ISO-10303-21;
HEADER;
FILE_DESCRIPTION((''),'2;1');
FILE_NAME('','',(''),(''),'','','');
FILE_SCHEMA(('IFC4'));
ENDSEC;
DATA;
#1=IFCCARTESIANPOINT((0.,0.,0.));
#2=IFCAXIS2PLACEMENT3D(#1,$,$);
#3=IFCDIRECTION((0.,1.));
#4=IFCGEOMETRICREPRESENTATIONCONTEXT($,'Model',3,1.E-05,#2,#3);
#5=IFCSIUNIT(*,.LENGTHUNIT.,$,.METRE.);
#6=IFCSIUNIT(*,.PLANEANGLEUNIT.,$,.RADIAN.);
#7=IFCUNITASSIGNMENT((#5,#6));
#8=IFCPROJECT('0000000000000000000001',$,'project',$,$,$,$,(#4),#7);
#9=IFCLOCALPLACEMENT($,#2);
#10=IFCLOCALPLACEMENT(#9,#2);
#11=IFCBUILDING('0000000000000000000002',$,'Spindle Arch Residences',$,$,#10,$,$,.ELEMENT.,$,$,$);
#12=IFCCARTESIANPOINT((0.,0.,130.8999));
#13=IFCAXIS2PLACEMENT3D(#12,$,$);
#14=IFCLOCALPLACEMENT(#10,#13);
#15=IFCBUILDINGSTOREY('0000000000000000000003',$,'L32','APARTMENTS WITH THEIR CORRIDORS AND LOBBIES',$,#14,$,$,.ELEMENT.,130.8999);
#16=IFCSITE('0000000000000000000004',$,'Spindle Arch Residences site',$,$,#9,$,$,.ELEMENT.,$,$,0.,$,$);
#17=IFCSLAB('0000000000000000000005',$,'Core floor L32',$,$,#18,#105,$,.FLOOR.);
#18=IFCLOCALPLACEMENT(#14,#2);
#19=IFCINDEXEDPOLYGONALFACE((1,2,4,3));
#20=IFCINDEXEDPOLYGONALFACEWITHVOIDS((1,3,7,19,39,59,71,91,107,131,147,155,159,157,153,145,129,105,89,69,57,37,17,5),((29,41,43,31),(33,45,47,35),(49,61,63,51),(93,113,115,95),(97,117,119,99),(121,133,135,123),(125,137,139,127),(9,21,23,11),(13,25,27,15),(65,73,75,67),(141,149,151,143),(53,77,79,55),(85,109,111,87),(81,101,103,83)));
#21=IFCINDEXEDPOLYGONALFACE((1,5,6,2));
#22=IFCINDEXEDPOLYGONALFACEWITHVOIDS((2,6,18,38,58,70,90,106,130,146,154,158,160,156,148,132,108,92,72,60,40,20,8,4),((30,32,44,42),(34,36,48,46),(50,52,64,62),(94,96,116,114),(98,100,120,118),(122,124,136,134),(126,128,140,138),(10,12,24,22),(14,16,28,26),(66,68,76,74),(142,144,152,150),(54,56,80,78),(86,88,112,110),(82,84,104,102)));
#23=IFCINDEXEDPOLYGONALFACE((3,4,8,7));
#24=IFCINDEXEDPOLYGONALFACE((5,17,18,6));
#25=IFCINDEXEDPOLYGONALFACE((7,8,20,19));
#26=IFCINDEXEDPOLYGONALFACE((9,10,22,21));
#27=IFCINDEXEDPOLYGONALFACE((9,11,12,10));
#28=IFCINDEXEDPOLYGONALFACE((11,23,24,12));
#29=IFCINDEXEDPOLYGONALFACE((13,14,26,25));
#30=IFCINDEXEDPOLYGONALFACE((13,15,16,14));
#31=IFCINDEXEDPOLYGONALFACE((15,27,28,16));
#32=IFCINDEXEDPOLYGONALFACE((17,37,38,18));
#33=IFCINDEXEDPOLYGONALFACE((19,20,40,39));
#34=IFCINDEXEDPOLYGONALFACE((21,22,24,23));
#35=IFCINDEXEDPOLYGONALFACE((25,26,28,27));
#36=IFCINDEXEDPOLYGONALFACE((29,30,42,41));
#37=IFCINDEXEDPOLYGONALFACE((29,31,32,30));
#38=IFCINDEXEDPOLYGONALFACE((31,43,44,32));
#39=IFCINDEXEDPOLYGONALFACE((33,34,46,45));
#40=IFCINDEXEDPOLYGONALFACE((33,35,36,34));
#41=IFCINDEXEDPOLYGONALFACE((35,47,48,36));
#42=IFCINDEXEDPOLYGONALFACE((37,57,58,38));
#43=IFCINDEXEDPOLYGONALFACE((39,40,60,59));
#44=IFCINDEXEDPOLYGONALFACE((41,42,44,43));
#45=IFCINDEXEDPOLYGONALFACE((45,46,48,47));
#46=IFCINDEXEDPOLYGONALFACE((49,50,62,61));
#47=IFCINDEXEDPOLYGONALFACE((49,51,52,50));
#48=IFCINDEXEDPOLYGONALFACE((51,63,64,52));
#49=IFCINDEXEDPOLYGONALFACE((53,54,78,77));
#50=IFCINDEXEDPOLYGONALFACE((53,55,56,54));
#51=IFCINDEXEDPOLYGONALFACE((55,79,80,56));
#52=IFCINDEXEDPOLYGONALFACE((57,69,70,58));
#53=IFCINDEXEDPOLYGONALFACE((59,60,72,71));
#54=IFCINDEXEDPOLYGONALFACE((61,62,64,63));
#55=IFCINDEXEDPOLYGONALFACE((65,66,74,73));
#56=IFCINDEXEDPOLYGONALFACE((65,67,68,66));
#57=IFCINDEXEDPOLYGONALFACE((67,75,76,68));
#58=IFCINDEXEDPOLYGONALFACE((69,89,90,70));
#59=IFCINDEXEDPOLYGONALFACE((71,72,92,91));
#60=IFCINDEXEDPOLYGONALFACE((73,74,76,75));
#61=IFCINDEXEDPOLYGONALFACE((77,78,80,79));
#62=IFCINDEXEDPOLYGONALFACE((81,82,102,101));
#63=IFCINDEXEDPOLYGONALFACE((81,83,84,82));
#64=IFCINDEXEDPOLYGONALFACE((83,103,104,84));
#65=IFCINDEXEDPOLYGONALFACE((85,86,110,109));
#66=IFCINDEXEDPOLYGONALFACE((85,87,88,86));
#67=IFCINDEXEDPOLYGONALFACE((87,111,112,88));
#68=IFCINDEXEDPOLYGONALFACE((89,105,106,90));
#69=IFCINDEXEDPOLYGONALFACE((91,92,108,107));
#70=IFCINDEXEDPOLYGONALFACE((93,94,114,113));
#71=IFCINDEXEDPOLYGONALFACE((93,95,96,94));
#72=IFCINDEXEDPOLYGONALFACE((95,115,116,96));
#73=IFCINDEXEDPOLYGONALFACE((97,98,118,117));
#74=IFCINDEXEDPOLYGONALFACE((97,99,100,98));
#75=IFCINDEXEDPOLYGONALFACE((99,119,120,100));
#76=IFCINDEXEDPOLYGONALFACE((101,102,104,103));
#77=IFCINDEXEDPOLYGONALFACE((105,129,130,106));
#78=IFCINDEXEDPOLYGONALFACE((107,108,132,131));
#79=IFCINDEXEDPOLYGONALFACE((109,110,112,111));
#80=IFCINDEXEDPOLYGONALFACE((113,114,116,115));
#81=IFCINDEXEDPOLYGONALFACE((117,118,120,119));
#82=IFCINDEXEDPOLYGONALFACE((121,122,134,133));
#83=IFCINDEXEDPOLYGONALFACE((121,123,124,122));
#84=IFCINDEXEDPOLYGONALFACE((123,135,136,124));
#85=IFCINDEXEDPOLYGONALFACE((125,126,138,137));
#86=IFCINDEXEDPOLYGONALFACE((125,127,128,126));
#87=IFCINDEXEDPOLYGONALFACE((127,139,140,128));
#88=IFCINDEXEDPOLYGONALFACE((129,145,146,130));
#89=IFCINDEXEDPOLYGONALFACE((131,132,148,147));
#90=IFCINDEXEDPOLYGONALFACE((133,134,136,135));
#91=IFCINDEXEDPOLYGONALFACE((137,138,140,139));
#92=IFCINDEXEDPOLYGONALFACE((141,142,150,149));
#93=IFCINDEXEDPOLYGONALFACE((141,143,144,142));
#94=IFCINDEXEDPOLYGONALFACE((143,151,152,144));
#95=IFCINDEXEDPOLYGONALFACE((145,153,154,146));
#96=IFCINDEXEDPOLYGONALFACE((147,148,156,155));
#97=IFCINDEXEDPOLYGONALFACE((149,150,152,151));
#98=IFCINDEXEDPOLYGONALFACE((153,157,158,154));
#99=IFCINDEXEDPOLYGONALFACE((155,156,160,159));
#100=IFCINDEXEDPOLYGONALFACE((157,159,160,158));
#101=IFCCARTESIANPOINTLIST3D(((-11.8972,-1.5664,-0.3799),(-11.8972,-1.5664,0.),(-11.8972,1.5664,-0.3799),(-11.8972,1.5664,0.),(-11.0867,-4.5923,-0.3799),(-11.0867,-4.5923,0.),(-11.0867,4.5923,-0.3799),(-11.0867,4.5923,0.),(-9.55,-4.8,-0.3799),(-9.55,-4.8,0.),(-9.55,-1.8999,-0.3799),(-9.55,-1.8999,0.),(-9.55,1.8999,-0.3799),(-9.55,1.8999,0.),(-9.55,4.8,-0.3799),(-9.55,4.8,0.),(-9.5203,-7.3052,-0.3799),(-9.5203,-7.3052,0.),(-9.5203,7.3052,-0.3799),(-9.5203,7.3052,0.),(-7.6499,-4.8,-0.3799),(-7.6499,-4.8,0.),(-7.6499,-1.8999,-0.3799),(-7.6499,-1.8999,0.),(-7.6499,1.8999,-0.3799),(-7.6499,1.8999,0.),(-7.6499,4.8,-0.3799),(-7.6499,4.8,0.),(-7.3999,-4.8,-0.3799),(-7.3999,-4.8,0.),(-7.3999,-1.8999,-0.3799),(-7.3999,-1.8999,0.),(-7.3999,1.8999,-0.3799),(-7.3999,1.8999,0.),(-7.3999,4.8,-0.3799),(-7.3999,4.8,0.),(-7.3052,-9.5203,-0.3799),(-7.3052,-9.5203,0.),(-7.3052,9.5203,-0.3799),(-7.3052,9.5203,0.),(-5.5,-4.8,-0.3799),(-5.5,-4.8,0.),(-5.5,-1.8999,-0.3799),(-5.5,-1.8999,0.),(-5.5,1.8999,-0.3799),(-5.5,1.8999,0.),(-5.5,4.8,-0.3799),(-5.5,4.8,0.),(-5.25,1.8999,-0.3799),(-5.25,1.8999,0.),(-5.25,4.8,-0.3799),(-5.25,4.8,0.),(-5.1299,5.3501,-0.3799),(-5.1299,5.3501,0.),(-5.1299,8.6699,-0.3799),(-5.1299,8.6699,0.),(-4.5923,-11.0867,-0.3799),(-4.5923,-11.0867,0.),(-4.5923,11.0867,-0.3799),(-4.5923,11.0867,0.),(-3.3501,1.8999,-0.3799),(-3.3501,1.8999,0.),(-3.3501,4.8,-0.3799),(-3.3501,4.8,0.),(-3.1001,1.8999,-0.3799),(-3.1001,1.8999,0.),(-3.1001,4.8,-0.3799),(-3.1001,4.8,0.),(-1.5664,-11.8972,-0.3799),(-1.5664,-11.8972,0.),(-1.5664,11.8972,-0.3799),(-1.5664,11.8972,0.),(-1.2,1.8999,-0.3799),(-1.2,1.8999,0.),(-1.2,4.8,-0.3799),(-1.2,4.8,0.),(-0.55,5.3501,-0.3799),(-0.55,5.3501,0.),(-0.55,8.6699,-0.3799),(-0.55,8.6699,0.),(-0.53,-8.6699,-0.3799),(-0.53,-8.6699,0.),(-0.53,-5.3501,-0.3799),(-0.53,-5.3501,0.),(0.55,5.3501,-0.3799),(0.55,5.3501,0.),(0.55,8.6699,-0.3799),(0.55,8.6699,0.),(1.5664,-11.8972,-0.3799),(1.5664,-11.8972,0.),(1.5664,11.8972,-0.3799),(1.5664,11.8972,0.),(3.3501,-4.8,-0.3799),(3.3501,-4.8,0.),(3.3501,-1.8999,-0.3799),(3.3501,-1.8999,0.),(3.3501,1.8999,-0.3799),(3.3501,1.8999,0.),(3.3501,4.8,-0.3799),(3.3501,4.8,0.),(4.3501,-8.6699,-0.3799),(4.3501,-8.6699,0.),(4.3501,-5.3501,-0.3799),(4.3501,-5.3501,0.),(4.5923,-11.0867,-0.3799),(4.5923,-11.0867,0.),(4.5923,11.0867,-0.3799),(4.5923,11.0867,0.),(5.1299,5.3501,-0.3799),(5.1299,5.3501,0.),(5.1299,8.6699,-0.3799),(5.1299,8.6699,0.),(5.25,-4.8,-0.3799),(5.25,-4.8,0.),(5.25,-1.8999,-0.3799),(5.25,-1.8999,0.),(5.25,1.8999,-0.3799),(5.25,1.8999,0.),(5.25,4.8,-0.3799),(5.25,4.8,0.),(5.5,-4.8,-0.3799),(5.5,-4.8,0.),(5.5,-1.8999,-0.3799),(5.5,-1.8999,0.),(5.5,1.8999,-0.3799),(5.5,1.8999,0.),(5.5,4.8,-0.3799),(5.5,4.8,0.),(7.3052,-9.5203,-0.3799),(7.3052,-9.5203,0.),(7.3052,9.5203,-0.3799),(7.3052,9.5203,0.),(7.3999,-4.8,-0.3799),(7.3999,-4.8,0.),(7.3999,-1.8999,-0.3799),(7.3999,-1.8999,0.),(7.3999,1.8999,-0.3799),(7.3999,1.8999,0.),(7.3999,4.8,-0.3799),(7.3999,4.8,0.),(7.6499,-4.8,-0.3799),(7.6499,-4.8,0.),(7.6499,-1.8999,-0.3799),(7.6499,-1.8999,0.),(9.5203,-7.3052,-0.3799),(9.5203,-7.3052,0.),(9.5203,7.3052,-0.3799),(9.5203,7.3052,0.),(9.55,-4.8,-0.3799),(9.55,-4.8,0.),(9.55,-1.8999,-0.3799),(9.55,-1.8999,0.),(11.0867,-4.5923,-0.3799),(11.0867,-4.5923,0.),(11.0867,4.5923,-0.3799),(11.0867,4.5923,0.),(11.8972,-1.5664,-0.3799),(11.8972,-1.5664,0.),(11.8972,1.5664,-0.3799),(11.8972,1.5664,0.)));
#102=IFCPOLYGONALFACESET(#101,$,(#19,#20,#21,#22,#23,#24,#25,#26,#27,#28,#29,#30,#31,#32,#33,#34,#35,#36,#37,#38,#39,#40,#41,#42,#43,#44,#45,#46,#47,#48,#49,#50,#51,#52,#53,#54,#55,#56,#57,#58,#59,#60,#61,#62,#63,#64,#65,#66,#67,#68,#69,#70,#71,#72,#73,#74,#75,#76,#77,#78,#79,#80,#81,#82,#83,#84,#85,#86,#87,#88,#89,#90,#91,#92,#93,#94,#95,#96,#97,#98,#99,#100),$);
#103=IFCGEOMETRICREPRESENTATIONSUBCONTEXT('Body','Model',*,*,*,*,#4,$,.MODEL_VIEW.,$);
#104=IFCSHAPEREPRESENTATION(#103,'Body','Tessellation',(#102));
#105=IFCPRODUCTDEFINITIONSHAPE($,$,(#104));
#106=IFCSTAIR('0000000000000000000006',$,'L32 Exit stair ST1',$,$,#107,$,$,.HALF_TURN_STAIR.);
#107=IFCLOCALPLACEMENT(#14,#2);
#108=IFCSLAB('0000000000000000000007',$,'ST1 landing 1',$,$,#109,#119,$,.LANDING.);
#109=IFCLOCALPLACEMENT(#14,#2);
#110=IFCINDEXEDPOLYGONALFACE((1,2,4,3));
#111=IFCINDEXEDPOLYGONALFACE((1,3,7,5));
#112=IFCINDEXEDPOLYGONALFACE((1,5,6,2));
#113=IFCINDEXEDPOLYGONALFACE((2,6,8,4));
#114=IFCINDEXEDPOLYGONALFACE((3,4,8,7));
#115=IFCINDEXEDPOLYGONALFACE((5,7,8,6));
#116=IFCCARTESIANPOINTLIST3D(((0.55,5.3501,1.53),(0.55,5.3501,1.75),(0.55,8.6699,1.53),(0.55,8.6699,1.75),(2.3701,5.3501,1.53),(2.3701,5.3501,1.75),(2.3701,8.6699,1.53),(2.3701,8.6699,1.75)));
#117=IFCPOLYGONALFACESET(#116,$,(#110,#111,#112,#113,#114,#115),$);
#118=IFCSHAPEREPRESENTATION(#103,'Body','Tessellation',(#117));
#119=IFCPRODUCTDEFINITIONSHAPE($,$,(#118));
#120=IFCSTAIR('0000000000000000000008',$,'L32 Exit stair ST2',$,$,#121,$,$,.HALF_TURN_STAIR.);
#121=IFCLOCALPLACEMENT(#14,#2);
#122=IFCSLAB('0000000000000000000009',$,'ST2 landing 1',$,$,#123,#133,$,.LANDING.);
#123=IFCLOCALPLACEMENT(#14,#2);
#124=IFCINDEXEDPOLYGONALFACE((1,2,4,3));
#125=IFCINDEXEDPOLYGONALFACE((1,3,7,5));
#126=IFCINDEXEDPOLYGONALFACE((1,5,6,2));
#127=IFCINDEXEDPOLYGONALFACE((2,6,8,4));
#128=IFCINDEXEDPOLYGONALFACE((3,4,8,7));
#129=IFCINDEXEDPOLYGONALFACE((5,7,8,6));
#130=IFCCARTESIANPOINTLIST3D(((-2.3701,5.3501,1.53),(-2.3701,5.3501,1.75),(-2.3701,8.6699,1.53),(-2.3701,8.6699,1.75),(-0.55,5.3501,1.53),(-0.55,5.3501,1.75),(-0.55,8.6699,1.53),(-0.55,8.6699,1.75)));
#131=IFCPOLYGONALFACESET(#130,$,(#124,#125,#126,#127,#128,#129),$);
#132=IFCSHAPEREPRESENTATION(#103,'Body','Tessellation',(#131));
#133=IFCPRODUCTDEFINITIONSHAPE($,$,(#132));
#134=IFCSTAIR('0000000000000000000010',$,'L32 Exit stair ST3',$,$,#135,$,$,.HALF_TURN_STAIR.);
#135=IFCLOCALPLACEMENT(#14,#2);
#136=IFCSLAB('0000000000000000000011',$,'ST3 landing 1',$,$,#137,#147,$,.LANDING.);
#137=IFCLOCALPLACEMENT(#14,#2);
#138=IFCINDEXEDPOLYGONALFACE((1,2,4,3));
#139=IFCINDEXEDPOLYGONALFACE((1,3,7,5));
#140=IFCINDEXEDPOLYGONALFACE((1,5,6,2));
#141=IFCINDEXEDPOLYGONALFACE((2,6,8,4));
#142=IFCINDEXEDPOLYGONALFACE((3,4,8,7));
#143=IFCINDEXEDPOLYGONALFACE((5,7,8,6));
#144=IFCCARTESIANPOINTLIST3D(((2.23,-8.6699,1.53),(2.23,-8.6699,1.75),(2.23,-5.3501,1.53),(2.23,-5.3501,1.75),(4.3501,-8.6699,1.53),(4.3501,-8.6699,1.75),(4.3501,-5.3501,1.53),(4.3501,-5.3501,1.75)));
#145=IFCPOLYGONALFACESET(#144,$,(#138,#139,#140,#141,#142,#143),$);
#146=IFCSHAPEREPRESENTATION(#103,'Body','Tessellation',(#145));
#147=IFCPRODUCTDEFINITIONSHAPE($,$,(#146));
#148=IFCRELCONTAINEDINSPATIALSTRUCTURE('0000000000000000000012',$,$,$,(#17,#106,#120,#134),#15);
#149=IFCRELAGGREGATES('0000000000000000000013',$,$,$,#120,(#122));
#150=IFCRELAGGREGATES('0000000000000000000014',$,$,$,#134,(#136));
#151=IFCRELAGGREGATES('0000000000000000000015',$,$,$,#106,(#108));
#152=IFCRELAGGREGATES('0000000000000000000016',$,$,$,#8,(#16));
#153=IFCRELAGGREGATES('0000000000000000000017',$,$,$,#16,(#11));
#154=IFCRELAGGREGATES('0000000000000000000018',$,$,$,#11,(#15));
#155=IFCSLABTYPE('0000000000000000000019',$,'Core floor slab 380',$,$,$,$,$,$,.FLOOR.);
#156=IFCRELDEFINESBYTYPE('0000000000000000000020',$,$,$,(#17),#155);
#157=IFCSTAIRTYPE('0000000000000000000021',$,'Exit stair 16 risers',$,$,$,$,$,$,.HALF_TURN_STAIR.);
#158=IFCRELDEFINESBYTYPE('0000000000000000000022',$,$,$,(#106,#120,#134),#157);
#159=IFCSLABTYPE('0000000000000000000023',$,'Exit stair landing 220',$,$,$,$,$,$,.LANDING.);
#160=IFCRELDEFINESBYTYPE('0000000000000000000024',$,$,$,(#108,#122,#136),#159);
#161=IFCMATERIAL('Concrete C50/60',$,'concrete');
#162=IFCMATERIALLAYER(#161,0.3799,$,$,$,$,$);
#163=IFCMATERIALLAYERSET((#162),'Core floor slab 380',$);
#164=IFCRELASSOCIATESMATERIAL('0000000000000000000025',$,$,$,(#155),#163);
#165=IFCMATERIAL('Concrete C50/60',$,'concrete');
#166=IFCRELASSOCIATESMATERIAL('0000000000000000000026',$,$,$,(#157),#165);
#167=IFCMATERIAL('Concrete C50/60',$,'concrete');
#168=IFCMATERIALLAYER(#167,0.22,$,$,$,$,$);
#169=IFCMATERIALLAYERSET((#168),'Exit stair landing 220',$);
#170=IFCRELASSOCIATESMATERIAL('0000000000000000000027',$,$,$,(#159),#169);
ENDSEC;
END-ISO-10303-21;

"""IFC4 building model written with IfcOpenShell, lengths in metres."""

from ifc_helpers import new_model, si_unit, direction, frame, origin, place, context, subcontext, project, spatial, polyline, outline, extrude, material, layer, layer_set, type_object, element, aggregate, save


model = new_model("IFC4")

# Units and contexts
model_context = context("Model", 3, precision=1e-05, world=origin(), true_north=direction((0.0, 1.0)))
body_context = subcontext(model_context, "Body", "Model", "MODEL_VIEW")
ifc_project = project(units=[si_unit("LENGTHUNIT", "METRE"), si_unit("PLANEANGLEUNIT", "RADIAN")], contexts=[model_context])

# Site, building, storey
site_placement = place(None, origin())
site = spatial("IfcSite", under=ifc_project, at=site_placement, Name="Spindle Arch Residences site", CompositionType="ELEMENT", RefElevation=0.0)
building_placement = place(site_placement, origin())
building = spatial("IfcBuilding", under=site, at=building_placement, Name="Spindle Arch Residences", CompositionType="ELEMENT")
storey_placement = place(building_placement, frame((0.0, 0.0, 130.8999)))
storey = spatial("IfcBuildingStorey", under=building, at=storey_placement, Name="L32", Description="APARTMENTS WITH THEIR CORRIDORS AND LOBBIES", CompositionType="ELEMENT", Elevation=130.8999)

# Slab
ifc_material_1 = material(Name="Concrete C50/60", Category="concrete")
ifc_layer_1 = layer(ifc_material_1, 0.3799)
ifc_layer_set_1 = layer_set([ifc_layer_1], Name="Core floor slab 380")
slab_type_1 = type_object("IfcSlabType", Name="Core floor slab 380", PredefinedType="FLOOR", material=ifc_layer_set_1)
slab_1_placement = place(storey_placement, frame((0.0, 0.0, -0.3799)))
element("IfcSlab", 1, at=slab_1_placement, inside=storey, type_object=slab_type_1, Name="Core floor L32", PredefinedType="FLOOR", context=body_context, shape_type="SweptSolid", body=[
    extrude(outline(polyline([(1.5664, -11.8972), (4.5923, -11.0867), (7.3052, -9.5203), (9.5203, -7.3052), (11.0867, -4.5923), (11.8972, -1.5664), (11.8972, 1.5664), (11.0867, 4.5923), (9.5203, 7.3052), (7.3052, 9.5203), (4.5923, 11.0867), (1.5664, 11.8972), (-1.5664, 11.8972), (-4.5923, 11.0867), (-7.3052, 9.5203), (-9.5203, 7.3052), (-11.0867, 4.5923), (-11.8972, 1.5664), (-11.8972, -1.5664), (-11.0867, -4.5923), (-9.5203, -7.3052), (-7.3052, -9.5203), (-4.5923, -11.0867), (-1.5664, -11.8972), (1.5664, -11.8972)]), holes=[polyline([(-9.55, 1.8999), (-7.6499, 1.8999), (-7.6499, 4.8), (-9.55, 4.8), (-9.55, 1.8999)]), polyline([(-7.3999, 1.8999), (-5.5, 1.8999), (-5.5, 4.8), (-7.3999, 4.8), (-7.3999, 1.8999)]), polyline([(-5.25, 1.8999), (-3.3501, 1.8999), (-3.3501, 4.8), (-5.25, 4.8), (-5.25, 1.8999)]), polyline([(-3.1001, 1.8999), (-1.2, 1.8999), (-1.2, 4.8), (-3.1001, 4.8), (-3.1001, 1.8999)]), polyline([(3.3501, 1.8999), (5.25, 1.8999), (5.25, 4.8), (3.3501, 4.8), (3.3501, 1.8999)]), polyline([(5.5, 1.8999), (7.3999, 1.8999), (7.3999, 4.8), (5.5, 4.8), (5.5, 1.8999)]), polyline([(-9.55, -4.8), (-7.6499, -4.8), (-7.6499, -1.8999), (-9.55, -1.8999), (-9.55, -4.8)]), polyline([(-7.3999, -4.8), (-5.5, -4.8), (-5.5, -1.8999), (-7.3999, -1.8999), (-7.3999, -4.8)]), polyline([(3.3501, -4.8), (5.25, -4.8), (5.25, -1.8999), (3.3501, -1.8999), (3.3501, -4.8)]), polyline([(5.5, -4.8), (7.3999, -4.8), (7.3999, -1.8999), (5.5, -1.8999), (5.5, -4.8)]), polyline([(7.6499, -4.8), (9.55, -4.8), (9.55, -1.8999), (7.6499, -1.8999), (7.6499, -4.8)]), polyline([(5.1299, 8.6699), (0.55, 8.6699), (0.55, 5.3501), (5.1299, 5.3501), (5.1299, 8.6699)]), polyline([(-5.1299, 5.3501), (-0.55, 5.3501), (-0.55, 8.6699), (-5.1299, 8.6699), (-5.1299, 5.3501)]), polyline([(-0.53, -8.6699), (4.3501, -8.6699), (4.3501, -5.3501), (-0.53, -5.3501), (-0.53, -8.6699)])]), origin(), (0.0, 0.0, 1.0), 0.3799),
])

# Stairs, slabs
ifc_material_2 = material(Name="Concrete C50/60", Category="concrete")
stair_type = type_object("IfcStairType", Name="Exit stair 16 risers", PredefinedType="HALF_TURN_STAIR", material=ifc_material_2)
stair_1_placement = place(storey_placement, origin())
stair_1 = element("IfcStair", 2, at=stair_1_placement, inside=storey, type_object=stair_type, Name="L32 Exit stair ST1", PredefinedType="HALF_TURN_STAIR")
ifc_material_3 = material(Name="Concrete C50/60", Category="concrete")
ifc_layer_2 = layer(ifc_material_3, 0.22)
ifc_layer_set_2 = layer_set([ifc_layer_2], Name="Exit stair landing 220")
slab_type_2 = type_object("IfcSlabType", Name="Exit stair landing 220", PredefinedType="LANDING", material=ifc_layer_set_2)
slab_2_placement = place(storey_placement, frame((0.0, 0.0, 1.53)))
slab_2 = element("IfcSlab", 3, at=slab_2_placement, type_object=slab_type_2, Name="ST1 landing 1", PredefinedType="LANDING", context=body_context, shape_type="SweptSolid", body=[
    extrude(outline(polyline([(2.3701, 8.6699), (0.55, 8.6699), (0.55, 5.3501), (2.3701, 5.3501), (2.3701, 8.6699)])), origin(), (0.0, 0.0, 1.0), 0.22),
])
stair_2_placement = place(storey_placement, origin())
stair_2 = element("IfcStair", 4, at=stair_2_placement, inside=storey, type_object=stair_type, Name="L32 Exit stair ST2", PredefinedType="HALF_TURN_STAIR")
slab_3_placement = place(storey_placement, frame((0.0, 0.0, 1.53)))
slab_3 = element("IfcSlab", 5, at=slab_3_placement, type_object=slab_type_2, Name="ST2 landing 1", PredefinedType="LANDING", context=body_context, shape_type="SweptSolid", body=[
    extrude(outline(polyline([(-2.3701, 5.3501), (-0.55, 5.3501), (-0.55, 8.6699), (-2.3701, 8.6699), (-2.3701, 5.3501)])), origin(), (0.0, 0.0, 1.0), 0.22),
])
aggregate(stair_2, [slab_3])
stair_3_placement = place(storey_placement, origin())
stair_3 = element("IfcStair", 6, at=stair_3_placement, inside=storey, type_object=stair_type, Name="L32 Exit stair ST3", PredefinedType="HALF_TURN_STAIR")
slab_4_placement = place(storey_placement, frame((0.0, 0.0, 1.53)))
slab_4 = element("IfcSlab", 7, at=slab_4_placement, type_object=slab_type_2, Name="ST3 landing 1", PredefinedType="LANDING", context=body_context, shape_type="SweptSolid", body=[
    extrude(outline(polyline([(2.23, -8.6699), (4.3501, -8.6699), (4.3501, -5.3501), (2.23, -5.3501), (2.23, -8.6699)])), origin(), (0.0, 0.0, 1.0), 0.22),
])
aggregate(stair_3, [slab_4])

aggregate(stair_1, [slab_2])

save(model, "model.ifc")
